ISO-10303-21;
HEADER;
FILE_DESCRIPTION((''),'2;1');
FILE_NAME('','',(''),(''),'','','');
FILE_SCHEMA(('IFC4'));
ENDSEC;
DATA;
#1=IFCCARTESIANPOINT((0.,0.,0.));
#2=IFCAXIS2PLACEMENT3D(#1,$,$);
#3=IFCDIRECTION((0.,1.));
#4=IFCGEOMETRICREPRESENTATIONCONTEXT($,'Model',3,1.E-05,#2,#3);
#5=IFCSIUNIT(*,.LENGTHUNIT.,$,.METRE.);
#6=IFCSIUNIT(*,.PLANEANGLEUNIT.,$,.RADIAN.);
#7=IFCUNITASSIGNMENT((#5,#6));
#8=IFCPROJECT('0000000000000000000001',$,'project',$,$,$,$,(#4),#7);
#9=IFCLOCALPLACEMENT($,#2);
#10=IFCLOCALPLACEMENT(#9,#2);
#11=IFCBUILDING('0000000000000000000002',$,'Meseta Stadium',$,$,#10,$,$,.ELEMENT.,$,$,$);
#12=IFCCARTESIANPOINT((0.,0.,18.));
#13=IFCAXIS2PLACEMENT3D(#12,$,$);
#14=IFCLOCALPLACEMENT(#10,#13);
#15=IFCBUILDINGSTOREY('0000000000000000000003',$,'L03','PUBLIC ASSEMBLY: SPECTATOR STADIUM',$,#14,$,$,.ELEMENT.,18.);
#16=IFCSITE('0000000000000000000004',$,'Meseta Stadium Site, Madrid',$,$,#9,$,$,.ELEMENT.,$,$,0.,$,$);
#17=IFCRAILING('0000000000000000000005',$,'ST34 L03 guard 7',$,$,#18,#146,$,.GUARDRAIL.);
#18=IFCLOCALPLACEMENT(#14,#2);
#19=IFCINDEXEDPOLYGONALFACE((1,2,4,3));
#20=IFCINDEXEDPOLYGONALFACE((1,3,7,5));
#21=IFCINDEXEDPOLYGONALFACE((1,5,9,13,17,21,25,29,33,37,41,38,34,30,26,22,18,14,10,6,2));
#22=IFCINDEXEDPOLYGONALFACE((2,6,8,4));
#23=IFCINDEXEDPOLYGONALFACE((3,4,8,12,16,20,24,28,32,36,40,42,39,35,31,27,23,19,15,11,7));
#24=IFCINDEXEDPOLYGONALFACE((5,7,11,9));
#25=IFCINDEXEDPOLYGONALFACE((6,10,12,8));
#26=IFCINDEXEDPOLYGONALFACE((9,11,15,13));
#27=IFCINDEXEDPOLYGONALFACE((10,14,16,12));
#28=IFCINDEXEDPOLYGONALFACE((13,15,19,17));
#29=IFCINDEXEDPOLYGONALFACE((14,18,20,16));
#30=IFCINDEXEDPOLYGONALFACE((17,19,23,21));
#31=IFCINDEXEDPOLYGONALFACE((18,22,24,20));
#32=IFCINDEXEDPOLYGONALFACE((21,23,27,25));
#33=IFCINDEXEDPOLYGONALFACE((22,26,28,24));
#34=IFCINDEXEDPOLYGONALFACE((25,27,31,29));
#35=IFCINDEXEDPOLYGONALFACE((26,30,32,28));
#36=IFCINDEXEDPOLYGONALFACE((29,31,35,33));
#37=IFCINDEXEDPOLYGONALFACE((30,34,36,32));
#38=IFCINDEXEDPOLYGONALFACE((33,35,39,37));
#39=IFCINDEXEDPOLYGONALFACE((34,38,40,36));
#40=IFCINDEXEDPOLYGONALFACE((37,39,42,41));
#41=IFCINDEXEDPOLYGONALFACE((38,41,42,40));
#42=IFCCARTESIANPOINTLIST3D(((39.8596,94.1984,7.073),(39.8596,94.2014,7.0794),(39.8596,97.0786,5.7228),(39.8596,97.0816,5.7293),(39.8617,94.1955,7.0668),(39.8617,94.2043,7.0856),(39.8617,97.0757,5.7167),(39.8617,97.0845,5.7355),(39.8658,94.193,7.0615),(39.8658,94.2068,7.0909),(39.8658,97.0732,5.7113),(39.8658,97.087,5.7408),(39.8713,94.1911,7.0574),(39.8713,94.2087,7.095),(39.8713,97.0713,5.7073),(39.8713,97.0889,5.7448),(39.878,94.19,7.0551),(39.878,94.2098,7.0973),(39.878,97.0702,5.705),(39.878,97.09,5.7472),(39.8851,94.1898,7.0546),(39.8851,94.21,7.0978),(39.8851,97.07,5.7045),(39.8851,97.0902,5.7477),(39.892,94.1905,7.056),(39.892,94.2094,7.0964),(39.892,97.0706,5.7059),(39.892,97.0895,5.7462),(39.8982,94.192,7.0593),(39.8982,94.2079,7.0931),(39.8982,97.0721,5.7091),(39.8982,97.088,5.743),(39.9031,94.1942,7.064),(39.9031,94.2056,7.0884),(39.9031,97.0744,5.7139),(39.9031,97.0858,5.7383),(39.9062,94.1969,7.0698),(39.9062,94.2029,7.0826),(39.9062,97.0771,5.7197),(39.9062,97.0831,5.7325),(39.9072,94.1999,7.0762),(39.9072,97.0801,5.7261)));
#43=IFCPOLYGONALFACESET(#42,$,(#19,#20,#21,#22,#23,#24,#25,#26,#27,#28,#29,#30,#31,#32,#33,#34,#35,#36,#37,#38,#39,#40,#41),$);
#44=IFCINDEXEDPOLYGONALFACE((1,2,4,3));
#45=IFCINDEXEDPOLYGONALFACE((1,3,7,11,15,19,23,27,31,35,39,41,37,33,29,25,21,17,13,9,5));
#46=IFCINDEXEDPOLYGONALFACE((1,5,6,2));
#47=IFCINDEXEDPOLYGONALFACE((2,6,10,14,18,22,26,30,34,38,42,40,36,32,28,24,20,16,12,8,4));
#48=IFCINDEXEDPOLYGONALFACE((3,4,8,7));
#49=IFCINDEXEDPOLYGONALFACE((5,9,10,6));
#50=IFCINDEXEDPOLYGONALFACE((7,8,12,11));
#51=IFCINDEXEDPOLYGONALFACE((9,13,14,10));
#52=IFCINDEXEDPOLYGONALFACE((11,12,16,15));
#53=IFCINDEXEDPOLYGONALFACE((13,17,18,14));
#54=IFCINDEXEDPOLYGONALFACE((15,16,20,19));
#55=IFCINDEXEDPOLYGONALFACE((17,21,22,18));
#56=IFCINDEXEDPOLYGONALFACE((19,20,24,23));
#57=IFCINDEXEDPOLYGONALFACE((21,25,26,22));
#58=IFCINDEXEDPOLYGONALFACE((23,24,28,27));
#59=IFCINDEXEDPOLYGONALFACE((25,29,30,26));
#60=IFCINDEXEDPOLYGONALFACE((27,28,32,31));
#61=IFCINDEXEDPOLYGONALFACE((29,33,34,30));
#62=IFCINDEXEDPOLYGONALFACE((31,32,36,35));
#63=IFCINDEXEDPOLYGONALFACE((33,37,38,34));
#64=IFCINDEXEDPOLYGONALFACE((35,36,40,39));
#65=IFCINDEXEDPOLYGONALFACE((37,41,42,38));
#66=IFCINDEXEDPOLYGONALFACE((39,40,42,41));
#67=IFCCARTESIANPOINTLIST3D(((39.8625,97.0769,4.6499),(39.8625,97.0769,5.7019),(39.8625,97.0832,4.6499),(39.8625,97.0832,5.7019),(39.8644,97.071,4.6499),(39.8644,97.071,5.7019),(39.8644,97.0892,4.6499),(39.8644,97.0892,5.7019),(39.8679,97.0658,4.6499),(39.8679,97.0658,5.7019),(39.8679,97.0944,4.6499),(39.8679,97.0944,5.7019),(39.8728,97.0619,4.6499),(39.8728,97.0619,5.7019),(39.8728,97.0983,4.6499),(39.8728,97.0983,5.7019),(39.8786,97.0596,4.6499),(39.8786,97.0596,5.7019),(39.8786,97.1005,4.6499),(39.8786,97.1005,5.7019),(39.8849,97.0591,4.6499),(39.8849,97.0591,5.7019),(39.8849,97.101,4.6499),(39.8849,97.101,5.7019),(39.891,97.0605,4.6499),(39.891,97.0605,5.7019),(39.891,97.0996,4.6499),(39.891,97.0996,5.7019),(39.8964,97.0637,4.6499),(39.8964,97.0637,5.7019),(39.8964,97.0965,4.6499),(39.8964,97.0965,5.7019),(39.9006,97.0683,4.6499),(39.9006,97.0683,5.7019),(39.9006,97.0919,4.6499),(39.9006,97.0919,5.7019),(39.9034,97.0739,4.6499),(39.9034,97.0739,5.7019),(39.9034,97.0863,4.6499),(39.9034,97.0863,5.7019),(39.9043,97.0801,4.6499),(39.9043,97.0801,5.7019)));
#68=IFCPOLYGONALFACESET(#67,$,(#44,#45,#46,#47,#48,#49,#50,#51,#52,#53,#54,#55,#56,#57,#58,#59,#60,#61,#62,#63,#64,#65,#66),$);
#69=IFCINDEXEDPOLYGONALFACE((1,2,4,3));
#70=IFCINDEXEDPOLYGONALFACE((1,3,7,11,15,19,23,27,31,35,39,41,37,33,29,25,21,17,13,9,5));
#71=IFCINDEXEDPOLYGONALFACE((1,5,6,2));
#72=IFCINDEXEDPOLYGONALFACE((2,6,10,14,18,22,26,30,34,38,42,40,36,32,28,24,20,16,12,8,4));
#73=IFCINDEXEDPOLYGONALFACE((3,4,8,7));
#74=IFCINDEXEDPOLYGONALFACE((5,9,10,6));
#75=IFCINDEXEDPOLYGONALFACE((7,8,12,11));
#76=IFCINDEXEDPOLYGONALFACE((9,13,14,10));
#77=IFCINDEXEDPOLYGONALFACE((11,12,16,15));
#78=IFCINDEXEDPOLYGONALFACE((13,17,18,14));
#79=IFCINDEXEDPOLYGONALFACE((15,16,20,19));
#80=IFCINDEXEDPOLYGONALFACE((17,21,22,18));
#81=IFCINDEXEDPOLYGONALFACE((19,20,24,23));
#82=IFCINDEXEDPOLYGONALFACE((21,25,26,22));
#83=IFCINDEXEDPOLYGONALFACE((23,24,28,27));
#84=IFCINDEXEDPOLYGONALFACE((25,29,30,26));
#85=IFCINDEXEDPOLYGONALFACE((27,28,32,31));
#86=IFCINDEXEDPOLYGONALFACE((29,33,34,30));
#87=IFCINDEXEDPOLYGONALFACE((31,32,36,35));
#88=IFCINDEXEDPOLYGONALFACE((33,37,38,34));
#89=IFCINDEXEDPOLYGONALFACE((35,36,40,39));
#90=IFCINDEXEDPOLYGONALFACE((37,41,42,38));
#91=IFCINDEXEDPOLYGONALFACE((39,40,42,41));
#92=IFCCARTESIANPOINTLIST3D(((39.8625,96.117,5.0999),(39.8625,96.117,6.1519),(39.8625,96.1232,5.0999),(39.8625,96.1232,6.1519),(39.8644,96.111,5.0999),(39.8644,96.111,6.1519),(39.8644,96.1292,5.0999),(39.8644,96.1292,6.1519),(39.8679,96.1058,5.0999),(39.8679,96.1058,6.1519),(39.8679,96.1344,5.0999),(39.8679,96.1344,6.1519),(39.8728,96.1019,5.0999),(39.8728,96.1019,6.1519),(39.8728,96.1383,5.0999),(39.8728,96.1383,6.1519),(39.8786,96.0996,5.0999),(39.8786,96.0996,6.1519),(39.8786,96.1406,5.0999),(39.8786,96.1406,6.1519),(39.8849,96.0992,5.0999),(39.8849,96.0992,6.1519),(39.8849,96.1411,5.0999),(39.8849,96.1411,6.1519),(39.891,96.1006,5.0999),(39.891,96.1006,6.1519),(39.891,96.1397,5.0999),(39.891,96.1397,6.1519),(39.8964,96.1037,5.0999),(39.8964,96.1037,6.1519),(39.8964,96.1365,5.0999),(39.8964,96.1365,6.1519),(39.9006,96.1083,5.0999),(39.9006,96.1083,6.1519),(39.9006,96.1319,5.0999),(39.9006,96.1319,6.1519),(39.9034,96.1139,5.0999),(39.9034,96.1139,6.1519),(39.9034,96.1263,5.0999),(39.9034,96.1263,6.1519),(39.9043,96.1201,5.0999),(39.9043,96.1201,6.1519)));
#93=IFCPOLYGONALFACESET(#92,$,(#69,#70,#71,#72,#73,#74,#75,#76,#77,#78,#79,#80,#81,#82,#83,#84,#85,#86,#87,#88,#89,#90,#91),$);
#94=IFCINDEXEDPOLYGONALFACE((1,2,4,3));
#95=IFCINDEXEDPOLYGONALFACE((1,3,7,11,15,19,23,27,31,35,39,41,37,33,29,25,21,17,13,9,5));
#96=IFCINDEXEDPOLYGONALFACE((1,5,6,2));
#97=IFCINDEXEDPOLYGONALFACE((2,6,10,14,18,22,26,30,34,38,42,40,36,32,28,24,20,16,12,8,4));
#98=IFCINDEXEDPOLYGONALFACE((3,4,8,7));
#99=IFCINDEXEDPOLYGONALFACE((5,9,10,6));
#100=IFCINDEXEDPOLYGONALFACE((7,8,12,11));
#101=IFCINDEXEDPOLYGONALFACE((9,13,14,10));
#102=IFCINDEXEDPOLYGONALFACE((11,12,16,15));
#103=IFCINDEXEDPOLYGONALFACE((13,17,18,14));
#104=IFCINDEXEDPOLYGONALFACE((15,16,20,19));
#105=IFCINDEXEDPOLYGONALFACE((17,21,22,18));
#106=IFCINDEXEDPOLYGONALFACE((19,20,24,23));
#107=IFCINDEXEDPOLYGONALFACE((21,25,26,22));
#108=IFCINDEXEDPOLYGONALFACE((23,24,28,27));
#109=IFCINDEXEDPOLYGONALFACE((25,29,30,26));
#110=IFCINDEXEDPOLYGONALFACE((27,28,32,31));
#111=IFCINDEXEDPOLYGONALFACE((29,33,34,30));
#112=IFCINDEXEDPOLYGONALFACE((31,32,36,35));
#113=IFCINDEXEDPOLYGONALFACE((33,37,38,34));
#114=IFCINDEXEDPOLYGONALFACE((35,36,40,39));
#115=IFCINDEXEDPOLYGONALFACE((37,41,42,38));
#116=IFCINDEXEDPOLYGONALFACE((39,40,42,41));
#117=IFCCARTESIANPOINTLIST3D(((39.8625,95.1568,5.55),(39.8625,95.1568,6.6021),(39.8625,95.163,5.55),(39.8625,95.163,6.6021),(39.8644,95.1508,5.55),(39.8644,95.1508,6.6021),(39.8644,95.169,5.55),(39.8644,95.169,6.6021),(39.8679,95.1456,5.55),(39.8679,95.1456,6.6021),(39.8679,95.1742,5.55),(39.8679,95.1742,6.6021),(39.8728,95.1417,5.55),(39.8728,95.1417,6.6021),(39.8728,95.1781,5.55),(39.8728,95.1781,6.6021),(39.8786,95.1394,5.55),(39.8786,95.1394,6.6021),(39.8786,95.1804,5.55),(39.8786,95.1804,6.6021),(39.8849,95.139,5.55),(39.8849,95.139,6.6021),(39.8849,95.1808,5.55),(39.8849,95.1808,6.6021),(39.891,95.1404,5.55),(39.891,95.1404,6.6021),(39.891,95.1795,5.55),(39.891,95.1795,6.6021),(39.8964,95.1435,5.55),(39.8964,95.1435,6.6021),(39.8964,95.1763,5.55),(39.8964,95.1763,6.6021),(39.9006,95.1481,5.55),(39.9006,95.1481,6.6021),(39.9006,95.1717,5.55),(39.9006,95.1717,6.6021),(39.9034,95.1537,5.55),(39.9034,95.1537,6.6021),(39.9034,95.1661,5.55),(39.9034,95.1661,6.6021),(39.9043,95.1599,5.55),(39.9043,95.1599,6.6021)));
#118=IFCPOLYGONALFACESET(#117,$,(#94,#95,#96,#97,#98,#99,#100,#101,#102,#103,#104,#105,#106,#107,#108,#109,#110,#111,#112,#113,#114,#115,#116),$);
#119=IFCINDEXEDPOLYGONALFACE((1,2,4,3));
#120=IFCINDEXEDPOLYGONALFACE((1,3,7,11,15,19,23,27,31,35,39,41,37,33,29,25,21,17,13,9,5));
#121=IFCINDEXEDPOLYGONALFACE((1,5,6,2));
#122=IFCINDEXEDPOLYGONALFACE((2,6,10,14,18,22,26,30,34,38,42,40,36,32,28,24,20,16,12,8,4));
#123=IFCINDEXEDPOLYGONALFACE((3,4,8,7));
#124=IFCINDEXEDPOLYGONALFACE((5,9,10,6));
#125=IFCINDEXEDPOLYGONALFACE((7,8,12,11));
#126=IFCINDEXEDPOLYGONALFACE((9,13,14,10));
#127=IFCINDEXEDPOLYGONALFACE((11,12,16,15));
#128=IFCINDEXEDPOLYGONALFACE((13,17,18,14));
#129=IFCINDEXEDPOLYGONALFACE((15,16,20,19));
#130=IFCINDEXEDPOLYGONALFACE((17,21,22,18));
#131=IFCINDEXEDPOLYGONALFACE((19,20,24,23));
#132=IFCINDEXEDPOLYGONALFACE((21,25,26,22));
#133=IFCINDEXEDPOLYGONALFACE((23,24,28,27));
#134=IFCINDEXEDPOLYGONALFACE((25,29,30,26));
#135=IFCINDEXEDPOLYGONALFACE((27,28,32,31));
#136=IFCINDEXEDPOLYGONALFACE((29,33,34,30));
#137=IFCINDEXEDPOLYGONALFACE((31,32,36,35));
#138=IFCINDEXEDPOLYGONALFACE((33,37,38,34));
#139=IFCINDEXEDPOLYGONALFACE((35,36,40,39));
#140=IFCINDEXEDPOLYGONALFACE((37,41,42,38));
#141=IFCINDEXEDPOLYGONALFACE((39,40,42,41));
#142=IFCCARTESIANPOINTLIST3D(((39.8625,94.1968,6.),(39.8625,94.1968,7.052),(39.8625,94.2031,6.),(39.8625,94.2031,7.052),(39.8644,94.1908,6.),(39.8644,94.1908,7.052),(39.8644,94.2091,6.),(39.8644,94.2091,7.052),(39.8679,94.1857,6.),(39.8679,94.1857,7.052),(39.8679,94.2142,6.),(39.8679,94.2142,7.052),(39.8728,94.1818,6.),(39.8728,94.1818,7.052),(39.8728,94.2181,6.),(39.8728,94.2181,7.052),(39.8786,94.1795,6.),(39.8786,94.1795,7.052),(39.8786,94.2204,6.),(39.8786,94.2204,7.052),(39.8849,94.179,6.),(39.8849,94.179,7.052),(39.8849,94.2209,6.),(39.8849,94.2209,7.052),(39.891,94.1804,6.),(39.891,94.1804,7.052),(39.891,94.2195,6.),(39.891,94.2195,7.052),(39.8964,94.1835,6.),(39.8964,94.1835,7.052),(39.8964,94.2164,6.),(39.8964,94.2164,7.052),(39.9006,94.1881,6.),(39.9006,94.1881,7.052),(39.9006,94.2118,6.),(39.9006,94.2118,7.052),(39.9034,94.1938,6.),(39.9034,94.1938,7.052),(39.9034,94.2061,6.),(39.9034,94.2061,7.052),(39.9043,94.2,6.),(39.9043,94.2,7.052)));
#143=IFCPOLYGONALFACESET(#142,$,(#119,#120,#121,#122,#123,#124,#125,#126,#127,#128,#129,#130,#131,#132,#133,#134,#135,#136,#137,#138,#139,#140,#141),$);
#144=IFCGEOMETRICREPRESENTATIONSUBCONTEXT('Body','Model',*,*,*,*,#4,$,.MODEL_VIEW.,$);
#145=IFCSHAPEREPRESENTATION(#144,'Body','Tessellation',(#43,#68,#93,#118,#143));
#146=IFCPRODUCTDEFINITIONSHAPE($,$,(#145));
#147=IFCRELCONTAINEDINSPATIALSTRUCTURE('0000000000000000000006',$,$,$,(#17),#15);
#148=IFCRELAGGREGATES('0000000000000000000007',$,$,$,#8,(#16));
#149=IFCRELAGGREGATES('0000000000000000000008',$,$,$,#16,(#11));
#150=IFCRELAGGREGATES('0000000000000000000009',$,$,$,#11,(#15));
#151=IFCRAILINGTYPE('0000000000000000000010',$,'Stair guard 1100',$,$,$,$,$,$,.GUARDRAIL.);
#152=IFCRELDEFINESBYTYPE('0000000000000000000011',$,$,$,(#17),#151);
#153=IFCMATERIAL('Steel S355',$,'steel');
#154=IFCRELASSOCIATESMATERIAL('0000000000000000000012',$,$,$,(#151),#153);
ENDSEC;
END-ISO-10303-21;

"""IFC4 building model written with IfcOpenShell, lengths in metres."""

from ifc_helpers import new_model, si_unit, direction, frame, origin, origin_2d, place, context, subcontext, project, spatial, circle, extrude, material, type_object, element, save


model = new_model("IFC4")

# Units and contexts
model_context = context("Model", 3, precision=1e-05, world=origin(), true_north=direction((0.0, 1.0)))
body_context = subcontext(model_context, "Body", "Model", "MODEL_VIEW")
ifc_project = project(units=[si_unit("LENGTHUNIT", "METRE"), si_unit("PLANEANGLEUNIT", "RADIAN")], contexts=[model_context])

# Site, building, storey
site_placement = place(None, origin())
site = spatial("IfcSite", under=ifc_project, at=site_placement, Name="Meseta Stadium Site, Madrid", CompositionType="ELEMENT", RefElevation=0.0)
building_placement = place(site_placement, origin())
building = spatial("IfcBuilding", under=site, at=building_placement, Name="Meseta Stadium", CompositionType="ELEMENT")
storey_placement = place(building_placement, frame((0.0, 0.0, 18.0)))
storey = spatial("IfcBuildingStorey", under=building, at=storey_placement, Name="L03", Description="PUBLIC ASSEMBLY: SPECTATOR STADIUM", CompositionType="ELEMENT", Elevation=18.0)

# Railing
ifc_material_1 = material(Name="Steel S355", Category="steel")
railing_type_1 = type_object("IfcRailingType", Name="Stair guard 1100", PredefinedType="GUARDRAIL", material=ifc_material_1)
railing_1_placement = place(storey_placement, frame((39.8833, 97.0801, 4.6499)))
element("IfcRailing", 1, at=railing_1_placement, inside=storey, type_object=railing_type_1, Name="ST34 L03 guard 7", PredefinedType="GUARDRAIL", context=body_context, shape_type="SweptSolid", body=[
    extrude(circle(Radius=0.0239, at=origin_2d()), frame((0.0, 0.0, 1.0762), z_axis=(0.0, -0.905454, 0.424444), x_axis=(1.0, 0.0, 0.0)), (0.0, 0.0, 1.0), 3.1809),
    extrude(circle(Radius=0.021, at=origin_2d()), origin(), (0.0, 0.0, 1.0), 1.052),
    extrude(circle(Radius=0.021, at=origin_2d()), frame((0.0, -0.96, 0.45)), (0.0, 0.0, 1.0), 1.052),
    extrude(circle(Radius=0.021, at=origin_2d()), frame((0.0, -1.9202, 0.9001)), (0.0, 0.0, 1.0), 1.052),
    extrude(circle(Radius=0.021, at=origin_2d()), frame((0.0, -2.8801, 1.3501)), (0.0, 0.0, 1.0), 1.052),
])

save(model, "model.ifc")
